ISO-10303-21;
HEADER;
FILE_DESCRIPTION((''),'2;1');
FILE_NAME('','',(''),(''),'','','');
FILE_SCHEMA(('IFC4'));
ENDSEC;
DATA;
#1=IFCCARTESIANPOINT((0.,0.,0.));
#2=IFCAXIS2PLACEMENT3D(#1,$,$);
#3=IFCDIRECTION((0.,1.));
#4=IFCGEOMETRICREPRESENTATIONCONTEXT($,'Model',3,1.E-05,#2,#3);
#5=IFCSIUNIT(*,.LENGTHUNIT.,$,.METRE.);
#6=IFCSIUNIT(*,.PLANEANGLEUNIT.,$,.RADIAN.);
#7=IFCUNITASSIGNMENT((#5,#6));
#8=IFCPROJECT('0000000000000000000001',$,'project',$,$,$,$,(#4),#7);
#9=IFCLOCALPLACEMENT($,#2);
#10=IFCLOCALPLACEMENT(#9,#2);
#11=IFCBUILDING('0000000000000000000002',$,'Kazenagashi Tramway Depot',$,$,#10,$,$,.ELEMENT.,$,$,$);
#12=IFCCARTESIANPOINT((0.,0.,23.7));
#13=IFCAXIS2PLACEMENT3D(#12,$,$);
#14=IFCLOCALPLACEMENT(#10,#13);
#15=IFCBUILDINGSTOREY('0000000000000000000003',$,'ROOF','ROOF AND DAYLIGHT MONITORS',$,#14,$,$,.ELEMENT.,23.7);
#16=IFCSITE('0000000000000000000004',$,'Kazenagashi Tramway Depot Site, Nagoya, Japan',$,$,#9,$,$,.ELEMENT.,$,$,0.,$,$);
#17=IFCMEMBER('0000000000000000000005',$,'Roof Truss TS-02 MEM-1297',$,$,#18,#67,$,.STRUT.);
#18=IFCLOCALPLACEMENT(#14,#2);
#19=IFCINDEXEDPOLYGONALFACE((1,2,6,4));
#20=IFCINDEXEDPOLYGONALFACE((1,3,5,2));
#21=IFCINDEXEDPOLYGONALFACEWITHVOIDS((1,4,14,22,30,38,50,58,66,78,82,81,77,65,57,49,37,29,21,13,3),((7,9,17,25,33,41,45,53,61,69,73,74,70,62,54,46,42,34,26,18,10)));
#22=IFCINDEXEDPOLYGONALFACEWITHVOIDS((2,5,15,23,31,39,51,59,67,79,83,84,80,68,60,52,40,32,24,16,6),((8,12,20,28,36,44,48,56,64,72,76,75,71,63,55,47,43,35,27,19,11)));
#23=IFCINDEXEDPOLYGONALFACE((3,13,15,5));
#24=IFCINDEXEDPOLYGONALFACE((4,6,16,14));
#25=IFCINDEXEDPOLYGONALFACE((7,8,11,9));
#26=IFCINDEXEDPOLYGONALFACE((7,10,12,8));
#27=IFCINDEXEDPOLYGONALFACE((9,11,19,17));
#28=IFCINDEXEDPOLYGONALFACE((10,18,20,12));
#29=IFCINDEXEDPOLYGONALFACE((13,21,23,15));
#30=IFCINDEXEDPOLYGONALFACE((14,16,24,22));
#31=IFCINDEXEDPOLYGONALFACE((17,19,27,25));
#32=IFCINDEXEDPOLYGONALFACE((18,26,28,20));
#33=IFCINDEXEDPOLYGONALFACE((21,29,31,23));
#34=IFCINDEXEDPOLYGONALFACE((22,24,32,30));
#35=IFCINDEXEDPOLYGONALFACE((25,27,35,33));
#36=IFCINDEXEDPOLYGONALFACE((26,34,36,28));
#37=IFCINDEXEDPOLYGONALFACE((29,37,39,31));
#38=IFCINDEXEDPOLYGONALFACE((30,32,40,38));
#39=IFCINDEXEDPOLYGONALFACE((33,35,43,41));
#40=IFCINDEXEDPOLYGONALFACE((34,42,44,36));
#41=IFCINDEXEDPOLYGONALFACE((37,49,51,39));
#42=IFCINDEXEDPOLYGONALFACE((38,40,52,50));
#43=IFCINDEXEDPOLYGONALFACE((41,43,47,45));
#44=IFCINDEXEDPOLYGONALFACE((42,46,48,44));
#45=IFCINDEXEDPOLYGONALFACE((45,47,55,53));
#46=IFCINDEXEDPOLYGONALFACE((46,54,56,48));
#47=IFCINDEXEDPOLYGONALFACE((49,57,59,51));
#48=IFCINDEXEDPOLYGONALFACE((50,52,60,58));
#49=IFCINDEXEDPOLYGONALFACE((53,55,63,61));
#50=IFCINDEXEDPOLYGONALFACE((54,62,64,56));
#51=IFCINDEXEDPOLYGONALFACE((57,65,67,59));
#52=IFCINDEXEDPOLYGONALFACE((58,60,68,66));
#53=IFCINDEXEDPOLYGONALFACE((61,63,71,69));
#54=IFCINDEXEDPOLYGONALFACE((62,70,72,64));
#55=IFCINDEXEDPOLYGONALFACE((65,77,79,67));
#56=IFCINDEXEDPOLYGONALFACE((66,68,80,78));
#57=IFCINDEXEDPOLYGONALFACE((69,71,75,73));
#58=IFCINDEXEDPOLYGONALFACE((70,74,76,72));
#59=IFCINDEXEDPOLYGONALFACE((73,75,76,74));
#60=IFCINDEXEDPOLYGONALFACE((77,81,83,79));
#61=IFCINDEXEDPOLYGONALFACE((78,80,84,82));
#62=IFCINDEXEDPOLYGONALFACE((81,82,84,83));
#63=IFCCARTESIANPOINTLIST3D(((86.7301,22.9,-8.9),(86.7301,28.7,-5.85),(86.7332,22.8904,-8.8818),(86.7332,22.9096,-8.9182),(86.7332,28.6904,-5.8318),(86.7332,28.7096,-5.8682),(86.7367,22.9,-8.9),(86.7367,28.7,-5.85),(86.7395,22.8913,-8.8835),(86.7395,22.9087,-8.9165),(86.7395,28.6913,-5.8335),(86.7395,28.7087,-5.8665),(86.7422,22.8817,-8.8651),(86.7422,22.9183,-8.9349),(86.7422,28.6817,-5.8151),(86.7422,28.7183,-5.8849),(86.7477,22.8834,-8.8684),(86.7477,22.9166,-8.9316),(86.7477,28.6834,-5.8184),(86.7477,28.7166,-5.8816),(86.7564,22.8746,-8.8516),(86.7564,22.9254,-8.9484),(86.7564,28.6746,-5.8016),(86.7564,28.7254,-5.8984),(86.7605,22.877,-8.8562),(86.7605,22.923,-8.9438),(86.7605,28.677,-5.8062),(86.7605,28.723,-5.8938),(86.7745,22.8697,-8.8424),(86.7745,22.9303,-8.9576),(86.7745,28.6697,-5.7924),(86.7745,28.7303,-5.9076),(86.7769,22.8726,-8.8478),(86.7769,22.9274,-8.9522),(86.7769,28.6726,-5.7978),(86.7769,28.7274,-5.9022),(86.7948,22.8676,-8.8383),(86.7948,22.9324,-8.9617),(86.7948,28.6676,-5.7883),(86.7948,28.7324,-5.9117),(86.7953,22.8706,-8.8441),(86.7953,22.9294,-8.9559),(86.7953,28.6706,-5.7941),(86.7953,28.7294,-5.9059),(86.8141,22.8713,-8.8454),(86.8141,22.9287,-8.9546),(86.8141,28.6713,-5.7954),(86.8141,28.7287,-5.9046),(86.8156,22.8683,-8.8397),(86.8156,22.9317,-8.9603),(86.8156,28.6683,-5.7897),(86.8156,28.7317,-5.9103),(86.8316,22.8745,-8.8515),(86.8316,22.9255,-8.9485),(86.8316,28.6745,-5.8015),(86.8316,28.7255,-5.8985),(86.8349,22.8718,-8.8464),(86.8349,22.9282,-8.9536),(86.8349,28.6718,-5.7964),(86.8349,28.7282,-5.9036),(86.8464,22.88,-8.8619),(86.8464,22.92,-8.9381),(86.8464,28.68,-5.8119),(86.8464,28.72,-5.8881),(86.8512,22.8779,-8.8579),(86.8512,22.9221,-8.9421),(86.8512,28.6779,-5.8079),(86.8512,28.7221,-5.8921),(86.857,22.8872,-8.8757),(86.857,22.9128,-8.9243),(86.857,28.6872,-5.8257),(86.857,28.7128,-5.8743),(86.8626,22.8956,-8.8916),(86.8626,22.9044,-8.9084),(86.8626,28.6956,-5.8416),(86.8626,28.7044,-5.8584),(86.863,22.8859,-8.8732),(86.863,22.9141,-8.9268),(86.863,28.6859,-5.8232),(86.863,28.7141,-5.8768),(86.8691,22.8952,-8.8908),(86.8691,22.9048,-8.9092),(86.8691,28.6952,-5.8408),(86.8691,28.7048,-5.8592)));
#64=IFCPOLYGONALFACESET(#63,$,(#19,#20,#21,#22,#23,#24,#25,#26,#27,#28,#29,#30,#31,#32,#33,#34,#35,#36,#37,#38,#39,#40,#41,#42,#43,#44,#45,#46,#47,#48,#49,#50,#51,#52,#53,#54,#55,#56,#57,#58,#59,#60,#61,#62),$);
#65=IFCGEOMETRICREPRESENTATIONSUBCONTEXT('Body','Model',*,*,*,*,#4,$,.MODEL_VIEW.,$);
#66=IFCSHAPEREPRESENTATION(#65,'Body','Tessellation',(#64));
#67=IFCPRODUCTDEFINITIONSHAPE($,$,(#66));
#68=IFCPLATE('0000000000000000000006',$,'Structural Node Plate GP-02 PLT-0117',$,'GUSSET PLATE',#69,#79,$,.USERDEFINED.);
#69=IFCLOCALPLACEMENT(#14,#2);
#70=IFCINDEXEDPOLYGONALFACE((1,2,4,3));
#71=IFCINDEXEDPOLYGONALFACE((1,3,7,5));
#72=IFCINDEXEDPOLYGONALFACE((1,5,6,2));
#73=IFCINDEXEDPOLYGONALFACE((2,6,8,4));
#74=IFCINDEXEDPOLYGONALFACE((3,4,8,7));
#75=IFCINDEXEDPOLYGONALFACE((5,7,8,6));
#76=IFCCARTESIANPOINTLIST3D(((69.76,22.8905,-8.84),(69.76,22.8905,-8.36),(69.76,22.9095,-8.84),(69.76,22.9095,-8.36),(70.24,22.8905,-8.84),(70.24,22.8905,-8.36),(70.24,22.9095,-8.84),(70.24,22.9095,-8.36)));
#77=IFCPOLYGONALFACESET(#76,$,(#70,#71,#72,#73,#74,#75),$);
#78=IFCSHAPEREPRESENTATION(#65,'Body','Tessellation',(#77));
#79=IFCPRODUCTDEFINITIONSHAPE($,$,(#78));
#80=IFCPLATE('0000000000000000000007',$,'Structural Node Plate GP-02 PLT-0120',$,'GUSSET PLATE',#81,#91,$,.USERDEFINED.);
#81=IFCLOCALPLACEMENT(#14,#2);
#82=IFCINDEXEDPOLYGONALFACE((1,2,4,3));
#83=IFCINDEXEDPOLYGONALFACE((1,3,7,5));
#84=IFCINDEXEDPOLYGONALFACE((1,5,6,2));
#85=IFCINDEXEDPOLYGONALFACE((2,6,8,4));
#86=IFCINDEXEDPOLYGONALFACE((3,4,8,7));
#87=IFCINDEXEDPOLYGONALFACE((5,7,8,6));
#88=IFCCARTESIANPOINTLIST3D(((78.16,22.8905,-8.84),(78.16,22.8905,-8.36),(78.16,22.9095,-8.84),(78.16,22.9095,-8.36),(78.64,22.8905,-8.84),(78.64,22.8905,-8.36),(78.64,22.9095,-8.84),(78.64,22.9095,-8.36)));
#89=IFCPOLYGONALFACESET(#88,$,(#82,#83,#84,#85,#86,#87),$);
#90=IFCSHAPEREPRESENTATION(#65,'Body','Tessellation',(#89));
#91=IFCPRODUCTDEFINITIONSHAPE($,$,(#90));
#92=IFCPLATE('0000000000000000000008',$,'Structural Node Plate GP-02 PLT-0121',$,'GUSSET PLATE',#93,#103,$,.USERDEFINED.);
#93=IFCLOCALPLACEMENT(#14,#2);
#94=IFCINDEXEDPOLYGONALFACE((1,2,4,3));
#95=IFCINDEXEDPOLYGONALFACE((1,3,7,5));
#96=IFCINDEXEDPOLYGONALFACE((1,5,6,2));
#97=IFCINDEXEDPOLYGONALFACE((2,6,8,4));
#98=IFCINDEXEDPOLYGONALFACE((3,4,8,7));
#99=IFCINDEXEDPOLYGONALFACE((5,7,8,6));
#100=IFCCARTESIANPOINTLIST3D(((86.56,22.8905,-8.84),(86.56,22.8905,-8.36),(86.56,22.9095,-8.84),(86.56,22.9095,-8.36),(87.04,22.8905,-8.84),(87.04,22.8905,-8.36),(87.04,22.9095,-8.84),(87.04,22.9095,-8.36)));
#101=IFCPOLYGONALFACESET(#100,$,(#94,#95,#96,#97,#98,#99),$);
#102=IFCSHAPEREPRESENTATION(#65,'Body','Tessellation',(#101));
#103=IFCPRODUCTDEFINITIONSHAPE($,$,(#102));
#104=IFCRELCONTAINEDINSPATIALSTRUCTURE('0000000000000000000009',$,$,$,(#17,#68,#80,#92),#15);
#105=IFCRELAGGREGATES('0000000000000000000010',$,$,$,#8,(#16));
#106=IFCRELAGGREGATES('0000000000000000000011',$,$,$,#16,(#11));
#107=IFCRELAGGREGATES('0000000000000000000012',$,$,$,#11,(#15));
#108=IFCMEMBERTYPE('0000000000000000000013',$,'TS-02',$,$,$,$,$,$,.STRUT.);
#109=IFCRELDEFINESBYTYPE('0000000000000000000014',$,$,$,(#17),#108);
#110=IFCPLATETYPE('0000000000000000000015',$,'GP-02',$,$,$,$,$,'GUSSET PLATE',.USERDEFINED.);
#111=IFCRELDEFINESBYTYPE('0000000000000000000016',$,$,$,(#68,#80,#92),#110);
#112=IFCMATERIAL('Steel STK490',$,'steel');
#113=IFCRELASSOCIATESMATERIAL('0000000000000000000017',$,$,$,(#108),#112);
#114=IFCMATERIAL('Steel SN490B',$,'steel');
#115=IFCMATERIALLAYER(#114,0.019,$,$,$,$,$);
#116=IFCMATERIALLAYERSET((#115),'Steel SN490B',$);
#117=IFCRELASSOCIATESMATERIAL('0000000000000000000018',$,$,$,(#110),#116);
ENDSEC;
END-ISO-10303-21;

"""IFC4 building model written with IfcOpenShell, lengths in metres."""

from ifc_helpers import new_model, si_unit, direction, frame, origin, origin_2d, place, context, subcontext, project, spatial, rectangle, hollow_circle, extrude, material, layer, layer_set, material_profile, profile_set, type_object, element, save


model = new_model("IFC4")

# Units and contexts
model_context = context("Model", 3, precision=1e-05, world=origin(), true_north=direction((0.0, 1.0)))
body_context = subcontext(model_context, "Body", "Model", "MODEL_VIEW")
ifc_project = project(units=[si_unit("LENGTHUNIT", "METRE"), si_unit("PLANEANGLEUNIT", "RADIAN")], contexts=[model_context])

# Site, building, storey
site_placement = place(None, origin())
site = spatial("IfcSite", under=ifc_project, at=site_placement, Name="Kazenagashi Tramway Depot Site, Nagoya, Japan", CompositionType="ELEMENT", RefElevation=0.0)
building_placement = place(site_placement, origin())
building = spatial("IfcBuilding", under=site, at=building_placement, Name="Kazenagashi Tramway Depot", CompositionType="ELEMENT")
storey_placement = place(building_placement, frame((0.0, 0.0, 23.7)))
storey = spatial("IfcBuildingStorey", under=building, at=storey_placement, Name="ROOF", Description="ROOF AND DAYLIGHT MONITORS", CompositionType="ELEMENT", Elevation=23.7)

# Shared definitions
ifc_material_1 = material(Name="Steel SN490B", Category="steel")

# Member
ifc_material_2 = material(Name="Steel STK490", Category="steel")
ifc_material_profile_1 = material_profile(ifc_material_2, hollow_circle(Radius=0.0699, WallThickness=0.0066, at=origin_2d()), Name="CHS-139.8x6.6")
ifc_profile_set_1 = profile_set([ifc_material_profile_1], Name="Steel STK490")
member_type_1 = type_object("IfcMemberType", Name="TS-02", PredefinedType="STRUT", material=ifc_profile_set_1)
member_1_placement = place(storey_placement, frame((86.8, 22.9, -8.9), z_axis=(0.0, 0.885084, 0.465432), x_axis=(-1.0, 0.0, 0.0)))
element("IfcMember", 1, at=member_1_placement, inside=storey, type_object=member_type_1, Name="Roof Truss TS-02 MEM-1297", PredefinedType="STRUT", context=body_context, shape_type="SweptSolid", body=[
    extrude(hollow_circle(Radius=0.0699, WallThickness=0.0066, at=origin_2d()), origin(), (0.0, 0.0, 1.0), 6.5531),
])

# Plates
ifc_layer = layer(ifc_material_1, 0.019)
ifc_layer_set = layer_set([ifc_layer], Name="Steel SN490B")
plate_type = type_object("IfcPlateType", Name="GP-02", ElementType="GUSSET PLATE", PredefinedType="USERDEFINED", material=ifc_layer_set)
for number, where, z_axis, x_axis, name in (
    (2, (70.0, 22.9, -8.84), (0.0, 0.0, 1.0), (1.0, 0.0, 0.0), "Structural Node Plate GP-02 PLT-0117"),
    (3, (78.4, 22.9, -8.84), (0.0, 0.0, 1.0), (1.0, 0.0, 0.0), "Structural Node Plate GP-02 PLT-0120"),
    (4, (86.8, 22.9, -8.84), (0.0, 0.0, 1.0), (1.0, 0.0, 0.0), "Structural Node Plate GP-02 PLT-0121"),
):
    element("IfcPlate", number, at=place(storey_placement, frame(where, z_axis=z_axis, x_axis=x_axis)), inside=storey, type_object=plate_type, Name=name, ObjectType="GUSSET PLATE", PredefinedType="USERDEFINED", context=body_context, shape_type="SweptSolid", body=[
        extrude(rectangle(XDim=0.48, YDim=0.019, at=origin_2d()), origin(), (0.0, 0.0, 1.0), 0.48),
    ])

save(model, "model.ifc")
